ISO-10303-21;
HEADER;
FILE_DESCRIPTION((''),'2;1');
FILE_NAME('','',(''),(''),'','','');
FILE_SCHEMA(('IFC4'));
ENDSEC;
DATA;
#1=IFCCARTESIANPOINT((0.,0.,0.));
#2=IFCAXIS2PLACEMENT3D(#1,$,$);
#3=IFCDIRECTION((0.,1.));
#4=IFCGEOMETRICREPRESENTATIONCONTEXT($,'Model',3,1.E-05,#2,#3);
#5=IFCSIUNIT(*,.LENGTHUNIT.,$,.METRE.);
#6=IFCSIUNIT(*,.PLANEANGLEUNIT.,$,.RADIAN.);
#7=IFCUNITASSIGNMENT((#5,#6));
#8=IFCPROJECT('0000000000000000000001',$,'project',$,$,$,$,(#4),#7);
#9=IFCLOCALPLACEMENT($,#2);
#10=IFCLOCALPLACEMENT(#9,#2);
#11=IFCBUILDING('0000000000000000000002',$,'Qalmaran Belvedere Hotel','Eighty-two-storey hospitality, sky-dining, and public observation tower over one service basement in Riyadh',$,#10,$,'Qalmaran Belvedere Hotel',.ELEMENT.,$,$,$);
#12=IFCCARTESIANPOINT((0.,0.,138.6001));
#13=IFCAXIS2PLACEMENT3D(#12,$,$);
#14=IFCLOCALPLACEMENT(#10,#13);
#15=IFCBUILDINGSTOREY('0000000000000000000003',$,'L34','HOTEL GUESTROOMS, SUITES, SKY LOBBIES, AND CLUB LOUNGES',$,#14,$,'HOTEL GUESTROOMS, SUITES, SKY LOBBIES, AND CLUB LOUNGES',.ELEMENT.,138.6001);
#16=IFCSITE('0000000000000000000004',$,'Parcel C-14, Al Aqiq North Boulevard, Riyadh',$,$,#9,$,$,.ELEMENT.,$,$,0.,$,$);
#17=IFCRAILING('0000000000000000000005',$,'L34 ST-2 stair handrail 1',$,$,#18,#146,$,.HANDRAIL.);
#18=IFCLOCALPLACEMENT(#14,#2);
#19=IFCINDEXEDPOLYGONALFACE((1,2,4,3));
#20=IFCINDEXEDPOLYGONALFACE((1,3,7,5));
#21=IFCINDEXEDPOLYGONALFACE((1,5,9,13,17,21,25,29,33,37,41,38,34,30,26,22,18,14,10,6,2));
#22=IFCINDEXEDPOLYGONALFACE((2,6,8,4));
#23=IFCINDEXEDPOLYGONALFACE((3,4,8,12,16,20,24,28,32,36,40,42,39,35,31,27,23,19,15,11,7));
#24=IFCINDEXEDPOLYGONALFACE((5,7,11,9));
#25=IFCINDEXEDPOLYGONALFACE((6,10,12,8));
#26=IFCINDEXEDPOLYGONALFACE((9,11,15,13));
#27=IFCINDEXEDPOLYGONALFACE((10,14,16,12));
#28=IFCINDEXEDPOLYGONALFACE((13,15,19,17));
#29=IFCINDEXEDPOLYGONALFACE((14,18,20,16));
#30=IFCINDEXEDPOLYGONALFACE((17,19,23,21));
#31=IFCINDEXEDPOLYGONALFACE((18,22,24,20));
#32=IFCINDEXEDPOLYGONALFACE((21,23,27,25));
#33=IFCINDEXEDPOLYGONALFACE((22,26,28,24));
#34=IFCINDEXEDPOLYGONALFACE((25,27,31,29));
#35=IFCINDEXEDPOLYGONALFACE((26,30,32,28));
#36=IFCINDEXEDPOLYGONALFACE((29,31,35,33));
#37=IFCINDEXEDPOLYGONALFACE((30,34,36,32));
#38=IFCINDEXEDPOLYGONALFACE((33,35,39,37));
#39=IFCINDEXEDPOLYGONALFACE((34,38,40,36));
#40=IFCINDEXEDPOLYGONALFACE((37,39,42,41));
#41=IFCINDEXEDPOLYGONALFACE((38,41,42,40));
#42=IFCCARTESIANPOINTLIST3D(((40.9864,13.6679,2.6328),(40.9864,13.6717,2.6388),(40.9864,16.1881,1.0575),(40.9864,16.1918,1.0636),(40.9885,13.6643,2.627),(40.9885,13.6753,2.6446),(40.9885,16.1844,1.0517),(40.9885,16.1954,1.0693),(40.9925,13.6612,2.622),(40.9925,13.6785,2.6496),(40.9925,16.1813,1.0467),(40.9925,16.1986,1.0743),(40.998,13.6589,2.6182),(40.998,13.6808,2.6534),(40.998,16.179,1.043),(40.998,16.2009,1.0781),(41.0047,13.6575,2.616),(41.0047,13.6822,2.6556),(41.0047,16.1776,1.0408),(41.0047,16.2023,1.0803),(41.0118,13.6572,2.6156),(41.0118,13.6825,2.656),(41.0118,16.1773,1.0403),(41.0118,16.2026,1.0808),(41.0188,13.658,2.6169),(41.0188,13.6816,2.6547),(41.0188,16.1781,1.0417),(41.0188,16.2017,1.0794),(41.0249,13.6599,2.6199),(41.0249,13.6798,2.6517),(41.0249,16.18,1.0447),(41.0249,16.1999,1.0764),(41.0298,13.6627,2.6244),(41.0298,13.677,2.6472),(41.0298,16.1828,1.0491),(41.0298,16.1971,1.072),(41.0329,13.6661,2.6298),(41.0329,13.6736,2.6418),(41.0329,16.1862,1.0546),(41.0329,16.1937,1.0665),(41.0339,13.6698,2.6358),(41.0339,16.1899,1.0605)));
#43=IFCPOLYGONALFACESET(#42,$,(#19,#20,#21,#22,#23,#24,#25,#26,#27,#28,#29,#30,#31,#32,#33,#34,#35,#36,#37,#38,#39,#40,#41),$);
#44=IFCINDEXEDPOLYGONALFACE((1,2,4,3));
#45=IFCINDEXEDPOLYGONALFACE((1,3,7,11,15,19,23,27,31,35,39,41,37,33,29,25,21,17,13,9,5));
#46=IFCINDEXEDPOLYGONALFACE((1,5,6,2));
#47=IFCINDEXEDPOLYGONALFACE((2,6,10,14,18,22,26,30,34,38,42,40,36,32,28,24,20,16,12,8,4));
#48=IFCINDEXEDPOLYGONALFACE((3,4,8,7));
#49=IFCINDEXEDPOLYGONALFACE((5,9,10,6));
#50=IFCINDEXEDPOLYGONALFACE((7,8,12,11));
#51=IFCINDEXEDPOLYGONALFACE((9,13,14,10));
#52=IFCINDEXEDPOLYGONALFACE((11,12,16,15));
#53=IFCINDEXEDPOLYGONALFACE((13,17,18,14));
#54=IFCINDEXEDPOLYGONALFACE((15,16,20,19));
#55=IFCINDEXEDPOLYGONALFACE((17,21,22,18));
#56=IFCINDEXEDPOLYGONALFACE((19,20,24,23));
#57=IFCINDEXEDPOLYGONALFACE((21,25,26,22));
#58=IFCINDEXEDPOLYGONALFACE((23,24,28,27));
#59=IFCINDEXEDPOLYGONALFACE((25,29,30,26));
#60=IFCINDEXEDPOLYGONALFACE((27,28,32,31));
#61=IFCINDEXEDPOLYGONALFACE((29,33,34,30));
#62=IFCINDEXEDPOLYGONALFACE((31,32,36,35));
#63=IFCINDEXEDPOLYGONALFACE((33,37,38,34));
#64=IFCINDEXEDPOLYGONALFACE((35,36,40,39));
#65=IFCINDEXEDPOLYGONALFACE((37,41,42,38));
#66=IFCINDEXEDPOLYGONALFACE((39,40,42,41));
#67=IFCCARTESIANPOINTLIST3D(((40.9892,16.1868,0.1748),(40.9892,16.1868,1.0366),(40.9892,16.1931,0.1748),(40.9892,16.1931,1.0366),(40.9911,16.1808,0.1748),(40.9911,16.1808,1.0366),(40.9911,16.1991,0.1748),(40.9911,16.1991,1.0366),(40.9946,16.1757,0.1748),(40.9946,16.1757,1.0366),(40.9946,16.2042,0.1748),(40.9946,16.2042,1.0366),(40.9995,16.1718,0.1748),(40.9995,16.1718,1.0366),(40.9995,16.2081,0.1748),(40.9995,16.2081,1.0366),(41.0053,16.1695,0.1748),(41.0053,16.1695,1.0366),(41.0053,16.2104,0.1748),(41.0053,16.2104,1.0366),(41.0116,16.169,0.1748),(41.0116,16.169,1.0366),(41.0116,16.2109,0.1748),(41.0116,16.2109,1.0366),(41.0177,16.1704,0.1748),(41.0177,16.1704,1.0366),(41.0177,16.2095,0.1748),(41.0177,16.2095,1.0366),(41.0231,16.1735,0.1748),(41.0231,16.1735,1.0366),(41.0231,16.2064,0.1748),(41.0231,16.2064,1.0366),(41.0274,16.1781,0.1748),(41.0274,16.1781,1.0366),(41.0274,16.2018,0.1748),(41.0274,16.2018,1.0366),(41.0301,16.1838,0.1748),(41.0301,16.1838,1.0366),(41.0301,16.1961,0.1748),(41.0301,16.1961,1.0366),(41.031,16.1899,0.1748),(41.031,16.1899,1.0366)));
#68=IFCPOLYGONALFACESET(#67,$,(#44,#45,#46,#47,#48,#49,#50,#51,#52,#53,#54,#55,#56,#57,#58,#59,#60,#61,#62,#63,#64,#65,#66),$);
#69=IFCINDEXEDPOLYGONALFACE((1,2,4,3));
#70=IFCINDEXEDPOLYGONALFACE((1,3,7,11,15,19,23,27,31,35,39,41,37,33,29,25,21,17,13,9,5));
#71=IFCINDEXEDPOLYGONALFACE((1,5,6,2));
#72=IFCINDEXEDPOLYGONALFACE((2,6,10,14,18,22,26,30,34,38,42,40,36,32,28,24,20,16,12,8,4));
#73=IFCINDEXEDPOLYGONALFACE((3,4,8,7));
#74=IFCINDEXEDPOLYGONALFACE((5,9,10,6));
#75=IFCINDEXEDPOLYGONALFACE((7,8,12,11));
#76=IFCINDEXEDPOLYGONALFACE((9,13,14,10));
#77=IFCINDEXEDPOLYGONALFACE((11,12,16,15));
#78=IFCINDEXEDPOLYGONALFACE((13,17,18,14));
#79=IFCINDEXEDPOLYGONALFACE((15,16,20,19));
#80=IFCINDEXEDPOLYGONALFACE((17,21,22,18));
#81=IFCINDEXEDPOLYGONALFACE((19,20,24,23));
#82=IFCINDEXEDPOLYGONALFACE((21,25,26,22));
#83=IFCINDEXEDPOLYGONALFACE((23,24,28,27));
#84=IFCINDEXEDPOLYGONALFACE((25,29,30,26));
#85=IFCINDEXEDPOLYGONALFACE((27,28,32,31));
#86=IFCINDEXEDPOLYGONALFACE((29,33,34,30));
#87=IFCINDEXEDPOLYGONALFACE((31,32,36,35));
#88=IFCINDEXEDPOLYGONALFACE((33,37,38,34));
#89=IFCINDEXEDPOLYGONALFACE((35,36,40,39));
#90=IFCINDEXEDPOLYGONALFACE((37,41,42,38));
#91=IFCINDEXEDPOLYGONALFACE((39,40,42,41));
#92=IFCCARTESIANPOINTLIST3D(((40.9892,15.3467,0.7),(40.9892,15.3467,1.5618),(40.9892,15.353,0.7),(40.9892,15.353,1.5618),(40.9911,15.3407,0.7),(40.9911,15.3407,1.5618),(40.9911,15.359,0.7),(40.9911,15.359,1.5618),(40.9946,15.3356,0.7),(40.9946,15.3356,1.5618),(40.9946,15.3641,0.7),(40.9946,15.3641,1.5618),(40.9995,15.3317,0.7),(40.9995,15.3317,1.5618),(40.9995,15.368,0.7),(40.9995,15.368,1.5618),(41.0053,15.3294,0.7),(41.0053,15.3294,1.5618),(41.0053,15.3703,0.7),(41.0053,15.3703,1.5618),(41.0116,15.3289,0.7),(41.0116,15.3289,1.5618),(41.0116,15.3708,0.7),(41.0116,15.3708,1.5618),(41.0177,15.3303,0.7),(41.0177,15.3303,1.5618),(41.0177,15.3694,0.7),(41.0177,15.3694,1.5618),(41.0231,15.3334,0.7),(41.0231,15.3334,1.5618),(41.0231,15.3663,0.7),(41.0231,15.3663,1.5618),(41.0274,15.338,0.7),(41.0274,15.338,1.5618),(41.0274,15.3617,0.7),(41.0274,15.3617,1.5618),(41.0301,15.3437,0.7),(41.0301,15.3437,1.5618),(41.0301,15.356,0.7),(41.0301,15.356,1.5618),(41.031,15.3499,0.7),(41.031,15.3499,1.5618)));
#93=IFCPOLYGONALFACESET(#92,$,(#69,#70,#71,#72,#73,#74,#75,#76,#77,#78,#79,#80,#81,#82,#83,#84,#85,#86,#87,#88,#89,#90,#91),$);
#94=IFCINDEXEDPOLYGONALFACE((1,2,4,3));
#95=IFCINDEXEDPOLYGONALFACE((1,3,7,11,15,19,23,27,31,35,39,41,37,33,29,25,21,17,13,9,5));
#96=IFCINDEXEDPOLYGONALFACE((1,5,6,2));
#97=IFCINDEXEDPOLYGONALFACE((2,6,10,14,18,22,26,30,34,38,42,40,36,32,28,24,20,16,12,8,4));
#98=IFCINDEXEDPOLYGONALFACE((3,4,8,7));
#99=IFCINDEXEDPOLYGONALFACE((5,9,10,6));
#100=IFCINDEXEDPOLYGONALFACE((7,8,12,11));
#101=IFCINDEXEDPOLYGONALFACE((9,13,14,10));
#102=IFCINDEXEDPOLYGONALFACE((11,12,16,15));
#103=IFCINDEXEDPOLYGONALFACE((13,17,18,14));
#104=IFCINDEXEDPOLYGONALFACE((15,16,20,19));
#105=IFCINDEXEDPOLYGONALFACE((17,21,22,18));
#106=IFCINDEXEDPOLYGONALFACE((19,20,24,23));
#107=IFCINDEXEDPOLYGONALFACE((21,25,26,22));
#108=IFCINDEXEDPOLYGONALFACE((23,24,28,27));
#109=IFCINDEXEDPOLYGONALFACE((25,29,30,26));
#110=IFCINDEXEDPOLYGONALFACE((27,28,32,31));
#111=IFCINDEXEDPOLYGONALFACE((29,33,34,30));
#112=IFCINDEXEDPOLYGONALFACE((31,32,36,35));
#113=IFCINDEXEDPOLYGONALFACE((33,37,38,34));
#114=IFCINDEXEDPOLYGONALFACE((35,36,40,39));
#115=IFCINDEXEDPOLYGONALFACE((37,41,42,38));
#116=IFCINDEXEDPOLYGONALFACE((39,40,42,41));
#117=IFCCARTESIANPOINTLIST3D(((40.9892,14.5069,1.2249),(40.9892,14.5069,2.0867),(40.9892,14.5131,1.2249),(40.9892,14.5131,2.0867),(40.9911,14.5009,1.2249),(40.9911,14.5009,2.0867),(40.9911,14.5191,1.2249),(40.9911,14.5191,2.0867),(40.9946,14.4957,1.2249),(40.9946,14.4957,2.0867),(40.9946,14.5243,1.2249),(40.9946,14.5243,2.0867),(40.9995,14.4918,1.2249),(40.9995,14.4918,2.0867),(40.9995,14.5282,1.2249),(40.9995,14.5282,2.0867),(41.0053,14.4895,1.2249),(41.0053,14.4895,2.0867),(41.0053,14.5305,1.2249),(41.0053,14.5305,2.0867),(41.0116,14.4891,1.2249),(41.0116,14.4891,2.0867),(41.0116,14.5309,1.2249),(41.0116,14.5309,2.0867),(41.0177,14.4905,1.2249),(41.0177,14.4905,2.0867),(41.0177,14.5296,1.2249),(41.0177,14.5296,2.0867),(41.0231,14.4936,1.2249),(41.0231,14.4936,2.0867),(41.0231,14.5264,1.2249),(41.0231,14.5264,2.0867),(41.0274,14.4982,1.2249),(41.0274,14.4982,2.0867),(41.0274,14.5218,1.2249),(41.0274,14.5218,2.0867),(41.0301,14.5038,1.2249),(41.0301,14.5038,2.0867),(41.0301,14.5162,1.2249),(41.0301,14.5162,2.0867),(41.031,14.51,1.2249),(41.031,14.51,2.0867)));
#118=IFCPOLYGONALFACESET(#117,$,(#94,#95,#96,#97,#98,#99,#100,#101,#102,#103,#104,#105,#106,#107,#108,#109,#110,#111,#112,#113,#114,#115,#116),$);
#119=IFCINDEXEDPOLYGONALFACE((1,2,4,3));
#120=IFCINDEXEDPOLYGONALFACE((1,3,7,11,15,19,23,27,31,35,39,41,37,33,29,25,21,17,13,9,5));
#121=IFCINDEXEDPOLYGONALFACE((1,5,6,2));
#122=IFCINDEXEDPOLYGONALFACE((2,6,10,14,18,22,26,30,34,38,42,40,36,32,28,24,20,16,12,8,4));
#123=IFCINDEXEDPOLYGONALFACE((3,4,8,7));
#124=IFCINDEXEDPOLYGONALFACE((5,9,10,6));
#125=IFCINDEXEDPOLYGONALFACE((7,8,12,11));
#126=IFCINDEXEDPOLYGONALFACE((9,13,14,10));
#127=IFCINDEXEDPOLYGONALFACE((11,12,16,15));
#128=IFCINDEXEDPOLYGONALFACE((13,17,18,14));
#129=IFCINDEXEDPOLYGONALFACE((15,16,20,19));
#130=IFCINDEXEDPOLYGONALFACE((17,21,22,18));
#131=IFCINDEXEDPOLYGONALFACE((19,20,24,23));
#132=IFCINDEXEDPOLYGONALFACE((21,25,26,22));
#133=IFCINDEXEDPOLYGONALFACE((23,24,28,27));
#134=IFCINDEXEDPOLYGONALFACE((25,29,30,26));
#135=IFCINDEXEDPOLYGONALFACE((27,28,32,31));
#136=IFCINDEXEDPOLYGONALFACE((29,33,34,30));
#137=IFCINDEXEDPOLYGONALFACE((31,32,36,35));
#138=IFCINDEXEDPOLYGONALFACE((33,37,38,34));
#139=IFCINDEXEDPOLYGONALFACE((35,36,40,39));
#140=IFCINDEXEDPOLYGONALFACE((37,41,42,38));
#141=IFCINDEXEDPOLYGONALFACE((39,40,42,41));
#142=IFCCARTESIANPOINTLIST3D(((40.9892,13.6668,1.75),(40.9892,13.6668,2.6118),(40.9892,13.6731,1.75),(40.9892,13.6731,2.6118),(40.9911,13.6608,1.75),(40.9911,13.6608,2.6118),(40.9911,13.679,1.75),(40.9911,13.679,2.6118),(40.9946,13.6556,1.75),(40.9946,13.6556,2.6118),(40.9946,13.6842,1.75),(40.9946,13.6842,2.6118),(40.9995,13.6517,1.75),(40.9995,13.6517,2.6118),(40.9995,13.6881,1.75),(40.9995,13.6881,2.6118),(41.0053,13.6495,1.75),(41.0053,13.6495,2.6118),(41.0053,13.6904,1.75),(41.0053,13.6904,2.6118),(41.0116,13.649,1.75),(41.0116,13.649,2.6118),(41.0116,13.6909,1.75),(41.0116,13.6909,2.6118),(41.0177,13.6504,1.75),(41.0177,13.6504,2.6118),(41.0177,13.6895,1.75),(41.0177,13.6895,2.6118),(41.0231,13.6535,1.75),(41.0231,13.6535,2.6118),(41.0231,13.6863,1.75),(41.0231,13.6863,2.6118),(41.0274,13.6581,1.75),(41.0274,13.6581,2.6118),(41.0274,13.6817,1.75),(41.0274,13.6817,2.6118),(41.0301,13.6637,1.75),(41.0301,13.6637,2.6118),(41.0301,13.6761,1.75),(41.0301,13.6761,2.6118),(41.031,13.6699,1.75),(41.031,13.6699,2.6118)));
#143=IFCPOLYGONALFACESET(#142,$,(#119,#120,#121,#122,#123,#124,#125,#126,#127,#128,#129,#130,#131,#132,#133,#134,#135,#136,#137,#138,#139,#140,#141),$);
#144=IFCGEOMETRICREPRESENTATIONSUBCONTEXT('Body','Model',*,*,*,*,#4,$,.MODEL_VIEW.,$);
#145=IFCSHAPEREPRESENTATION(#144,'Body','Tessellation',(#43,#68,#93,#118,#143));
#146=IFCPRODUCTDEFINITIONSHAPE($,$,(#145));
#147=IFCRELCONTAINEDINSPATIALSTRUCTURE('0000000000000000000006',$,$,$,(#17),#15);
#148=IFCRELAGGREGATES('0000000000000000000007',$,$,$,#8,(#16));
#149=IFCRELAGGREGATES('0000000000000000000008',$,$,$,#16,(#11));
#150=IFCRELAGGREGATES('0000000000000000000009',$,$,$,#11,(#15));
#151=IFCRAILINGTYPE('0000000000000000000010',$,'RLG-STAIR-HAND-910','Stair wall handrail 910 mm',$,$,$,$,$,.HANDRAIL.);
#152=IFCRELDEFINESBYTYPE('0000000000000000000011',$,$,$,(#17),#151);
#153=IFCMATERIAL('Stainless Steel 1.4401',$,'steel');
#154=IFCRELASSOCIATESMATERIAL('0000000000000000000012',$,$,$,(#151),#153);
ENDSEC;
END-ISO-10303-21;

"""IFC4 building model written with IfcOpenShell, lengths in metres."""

from ifc_helpers import new_model, si_unit, direction, frame, origin, origin_2d, place, context, subcontext, project, spatial, circle, extrude, material, type_object, element, save


model = new_model("IFC4")

# Units and contexts
model_context = context("Model", 3, precision=1e-05, world=origin(), true_north=direction((0.0, 1.0)))
body_context = subcontext(model_context, "Body", "Model", "MODEL_VIEW")
ifc_project = project(units=[si_unit("LENGTHUNIT", "METRE"), si_unit("PLANEANGLEUNIT", "RADIAN")], contexts=[model_context])

# Site, building, storey
site_placement = place(None, origin())
site = spatial("IfcSite", under=ifc_project, at=site_placement, Name="Parcel C-14, Al Aqiq North Boulevard, Riyadh", CompositionType="ELEMENT", RefElevation=0.0)
building_placement = place(site_placement, origin())
building = spatial("IfcBuilding", under=site, at=building_placement, Name="Qalmaran Belvedere Hotel", Description="Eighty-two-storey hospitality, sky-dining, and public observation tower over one service basement in Riyadh", LongName="Qalmaran Belvedere Hotel", CompositionType="ELEMENT")
storey_placement = place(building_placement, frame((0.0, 0.0, 138.6001)))
storey = spatial("IfcBuildingStorey", under=building, at=storey_placement, Name="L34", Description="HOTEL GUESTROOMS, SUITES, SKY LOBBIES, AND CLUB LOUNGES", LongName="HOTEL GUESTROOMS, SUITES, SKY LOBBIES, AND CLUB LOUNGES", CompositionType="ELEMENT", Elevation=138.6001)

# Shared definitions
ifc_material_1 = material(Name="Stainless Steel 1.4401", Category="steel")

# Railing
railing_type_1 = type_object("IfcRailingType", Name="RLG-STAIR-HAND-910", Description="Stair wall handrail 910 mm", PredefinedType="HANDRAIL", material=ifc_material_1)
railing_1_placement = place(storey_placement, frame((41.01, 16.1899, 0.1748)))
element("IfcRailing", 1, at=railing_1_placement, inside=storey, type_object=railing_type_1, Name="L34 ST-2 stair handrail 1", PredefinedType="HANDRAIL", context=body_context, shape_type="SweptSolid", body=[
    extrude(circle(Radius=0.0239, at=origin_2d()), frame((0.0, 0.0, 0.8857), z_axis=(0.0, -0.847971, 0.530043), x_axis=(1.0, 0.0, 0.0)), (0.0, 0.0, 1.0), 2.9719),
    extrude(circle(Radius=0.021, at=origin_2d()), origin(), (0.0, 0.0, 1.0), 0.8618),
    extrude(circle(Radius=0.021, at=origin_2d()), frame((0.0, -0.8401, 0.5251)), (0.0, 0.0, 1.0), 0.8618),
    extrude(circle(Radius=0.021, at=origin_2d()), frame((0.0, -1.6799, 1.05)), (0.0, 0.0, 1.0), 0.8618),
    extrude(circle(Radius=0.021, at=origin_2d()), frame((0.0, -2.52, 1.5752)), (0.0, 0.0, 1.0), 0.8618),
])

save(model, "model.ifc")
